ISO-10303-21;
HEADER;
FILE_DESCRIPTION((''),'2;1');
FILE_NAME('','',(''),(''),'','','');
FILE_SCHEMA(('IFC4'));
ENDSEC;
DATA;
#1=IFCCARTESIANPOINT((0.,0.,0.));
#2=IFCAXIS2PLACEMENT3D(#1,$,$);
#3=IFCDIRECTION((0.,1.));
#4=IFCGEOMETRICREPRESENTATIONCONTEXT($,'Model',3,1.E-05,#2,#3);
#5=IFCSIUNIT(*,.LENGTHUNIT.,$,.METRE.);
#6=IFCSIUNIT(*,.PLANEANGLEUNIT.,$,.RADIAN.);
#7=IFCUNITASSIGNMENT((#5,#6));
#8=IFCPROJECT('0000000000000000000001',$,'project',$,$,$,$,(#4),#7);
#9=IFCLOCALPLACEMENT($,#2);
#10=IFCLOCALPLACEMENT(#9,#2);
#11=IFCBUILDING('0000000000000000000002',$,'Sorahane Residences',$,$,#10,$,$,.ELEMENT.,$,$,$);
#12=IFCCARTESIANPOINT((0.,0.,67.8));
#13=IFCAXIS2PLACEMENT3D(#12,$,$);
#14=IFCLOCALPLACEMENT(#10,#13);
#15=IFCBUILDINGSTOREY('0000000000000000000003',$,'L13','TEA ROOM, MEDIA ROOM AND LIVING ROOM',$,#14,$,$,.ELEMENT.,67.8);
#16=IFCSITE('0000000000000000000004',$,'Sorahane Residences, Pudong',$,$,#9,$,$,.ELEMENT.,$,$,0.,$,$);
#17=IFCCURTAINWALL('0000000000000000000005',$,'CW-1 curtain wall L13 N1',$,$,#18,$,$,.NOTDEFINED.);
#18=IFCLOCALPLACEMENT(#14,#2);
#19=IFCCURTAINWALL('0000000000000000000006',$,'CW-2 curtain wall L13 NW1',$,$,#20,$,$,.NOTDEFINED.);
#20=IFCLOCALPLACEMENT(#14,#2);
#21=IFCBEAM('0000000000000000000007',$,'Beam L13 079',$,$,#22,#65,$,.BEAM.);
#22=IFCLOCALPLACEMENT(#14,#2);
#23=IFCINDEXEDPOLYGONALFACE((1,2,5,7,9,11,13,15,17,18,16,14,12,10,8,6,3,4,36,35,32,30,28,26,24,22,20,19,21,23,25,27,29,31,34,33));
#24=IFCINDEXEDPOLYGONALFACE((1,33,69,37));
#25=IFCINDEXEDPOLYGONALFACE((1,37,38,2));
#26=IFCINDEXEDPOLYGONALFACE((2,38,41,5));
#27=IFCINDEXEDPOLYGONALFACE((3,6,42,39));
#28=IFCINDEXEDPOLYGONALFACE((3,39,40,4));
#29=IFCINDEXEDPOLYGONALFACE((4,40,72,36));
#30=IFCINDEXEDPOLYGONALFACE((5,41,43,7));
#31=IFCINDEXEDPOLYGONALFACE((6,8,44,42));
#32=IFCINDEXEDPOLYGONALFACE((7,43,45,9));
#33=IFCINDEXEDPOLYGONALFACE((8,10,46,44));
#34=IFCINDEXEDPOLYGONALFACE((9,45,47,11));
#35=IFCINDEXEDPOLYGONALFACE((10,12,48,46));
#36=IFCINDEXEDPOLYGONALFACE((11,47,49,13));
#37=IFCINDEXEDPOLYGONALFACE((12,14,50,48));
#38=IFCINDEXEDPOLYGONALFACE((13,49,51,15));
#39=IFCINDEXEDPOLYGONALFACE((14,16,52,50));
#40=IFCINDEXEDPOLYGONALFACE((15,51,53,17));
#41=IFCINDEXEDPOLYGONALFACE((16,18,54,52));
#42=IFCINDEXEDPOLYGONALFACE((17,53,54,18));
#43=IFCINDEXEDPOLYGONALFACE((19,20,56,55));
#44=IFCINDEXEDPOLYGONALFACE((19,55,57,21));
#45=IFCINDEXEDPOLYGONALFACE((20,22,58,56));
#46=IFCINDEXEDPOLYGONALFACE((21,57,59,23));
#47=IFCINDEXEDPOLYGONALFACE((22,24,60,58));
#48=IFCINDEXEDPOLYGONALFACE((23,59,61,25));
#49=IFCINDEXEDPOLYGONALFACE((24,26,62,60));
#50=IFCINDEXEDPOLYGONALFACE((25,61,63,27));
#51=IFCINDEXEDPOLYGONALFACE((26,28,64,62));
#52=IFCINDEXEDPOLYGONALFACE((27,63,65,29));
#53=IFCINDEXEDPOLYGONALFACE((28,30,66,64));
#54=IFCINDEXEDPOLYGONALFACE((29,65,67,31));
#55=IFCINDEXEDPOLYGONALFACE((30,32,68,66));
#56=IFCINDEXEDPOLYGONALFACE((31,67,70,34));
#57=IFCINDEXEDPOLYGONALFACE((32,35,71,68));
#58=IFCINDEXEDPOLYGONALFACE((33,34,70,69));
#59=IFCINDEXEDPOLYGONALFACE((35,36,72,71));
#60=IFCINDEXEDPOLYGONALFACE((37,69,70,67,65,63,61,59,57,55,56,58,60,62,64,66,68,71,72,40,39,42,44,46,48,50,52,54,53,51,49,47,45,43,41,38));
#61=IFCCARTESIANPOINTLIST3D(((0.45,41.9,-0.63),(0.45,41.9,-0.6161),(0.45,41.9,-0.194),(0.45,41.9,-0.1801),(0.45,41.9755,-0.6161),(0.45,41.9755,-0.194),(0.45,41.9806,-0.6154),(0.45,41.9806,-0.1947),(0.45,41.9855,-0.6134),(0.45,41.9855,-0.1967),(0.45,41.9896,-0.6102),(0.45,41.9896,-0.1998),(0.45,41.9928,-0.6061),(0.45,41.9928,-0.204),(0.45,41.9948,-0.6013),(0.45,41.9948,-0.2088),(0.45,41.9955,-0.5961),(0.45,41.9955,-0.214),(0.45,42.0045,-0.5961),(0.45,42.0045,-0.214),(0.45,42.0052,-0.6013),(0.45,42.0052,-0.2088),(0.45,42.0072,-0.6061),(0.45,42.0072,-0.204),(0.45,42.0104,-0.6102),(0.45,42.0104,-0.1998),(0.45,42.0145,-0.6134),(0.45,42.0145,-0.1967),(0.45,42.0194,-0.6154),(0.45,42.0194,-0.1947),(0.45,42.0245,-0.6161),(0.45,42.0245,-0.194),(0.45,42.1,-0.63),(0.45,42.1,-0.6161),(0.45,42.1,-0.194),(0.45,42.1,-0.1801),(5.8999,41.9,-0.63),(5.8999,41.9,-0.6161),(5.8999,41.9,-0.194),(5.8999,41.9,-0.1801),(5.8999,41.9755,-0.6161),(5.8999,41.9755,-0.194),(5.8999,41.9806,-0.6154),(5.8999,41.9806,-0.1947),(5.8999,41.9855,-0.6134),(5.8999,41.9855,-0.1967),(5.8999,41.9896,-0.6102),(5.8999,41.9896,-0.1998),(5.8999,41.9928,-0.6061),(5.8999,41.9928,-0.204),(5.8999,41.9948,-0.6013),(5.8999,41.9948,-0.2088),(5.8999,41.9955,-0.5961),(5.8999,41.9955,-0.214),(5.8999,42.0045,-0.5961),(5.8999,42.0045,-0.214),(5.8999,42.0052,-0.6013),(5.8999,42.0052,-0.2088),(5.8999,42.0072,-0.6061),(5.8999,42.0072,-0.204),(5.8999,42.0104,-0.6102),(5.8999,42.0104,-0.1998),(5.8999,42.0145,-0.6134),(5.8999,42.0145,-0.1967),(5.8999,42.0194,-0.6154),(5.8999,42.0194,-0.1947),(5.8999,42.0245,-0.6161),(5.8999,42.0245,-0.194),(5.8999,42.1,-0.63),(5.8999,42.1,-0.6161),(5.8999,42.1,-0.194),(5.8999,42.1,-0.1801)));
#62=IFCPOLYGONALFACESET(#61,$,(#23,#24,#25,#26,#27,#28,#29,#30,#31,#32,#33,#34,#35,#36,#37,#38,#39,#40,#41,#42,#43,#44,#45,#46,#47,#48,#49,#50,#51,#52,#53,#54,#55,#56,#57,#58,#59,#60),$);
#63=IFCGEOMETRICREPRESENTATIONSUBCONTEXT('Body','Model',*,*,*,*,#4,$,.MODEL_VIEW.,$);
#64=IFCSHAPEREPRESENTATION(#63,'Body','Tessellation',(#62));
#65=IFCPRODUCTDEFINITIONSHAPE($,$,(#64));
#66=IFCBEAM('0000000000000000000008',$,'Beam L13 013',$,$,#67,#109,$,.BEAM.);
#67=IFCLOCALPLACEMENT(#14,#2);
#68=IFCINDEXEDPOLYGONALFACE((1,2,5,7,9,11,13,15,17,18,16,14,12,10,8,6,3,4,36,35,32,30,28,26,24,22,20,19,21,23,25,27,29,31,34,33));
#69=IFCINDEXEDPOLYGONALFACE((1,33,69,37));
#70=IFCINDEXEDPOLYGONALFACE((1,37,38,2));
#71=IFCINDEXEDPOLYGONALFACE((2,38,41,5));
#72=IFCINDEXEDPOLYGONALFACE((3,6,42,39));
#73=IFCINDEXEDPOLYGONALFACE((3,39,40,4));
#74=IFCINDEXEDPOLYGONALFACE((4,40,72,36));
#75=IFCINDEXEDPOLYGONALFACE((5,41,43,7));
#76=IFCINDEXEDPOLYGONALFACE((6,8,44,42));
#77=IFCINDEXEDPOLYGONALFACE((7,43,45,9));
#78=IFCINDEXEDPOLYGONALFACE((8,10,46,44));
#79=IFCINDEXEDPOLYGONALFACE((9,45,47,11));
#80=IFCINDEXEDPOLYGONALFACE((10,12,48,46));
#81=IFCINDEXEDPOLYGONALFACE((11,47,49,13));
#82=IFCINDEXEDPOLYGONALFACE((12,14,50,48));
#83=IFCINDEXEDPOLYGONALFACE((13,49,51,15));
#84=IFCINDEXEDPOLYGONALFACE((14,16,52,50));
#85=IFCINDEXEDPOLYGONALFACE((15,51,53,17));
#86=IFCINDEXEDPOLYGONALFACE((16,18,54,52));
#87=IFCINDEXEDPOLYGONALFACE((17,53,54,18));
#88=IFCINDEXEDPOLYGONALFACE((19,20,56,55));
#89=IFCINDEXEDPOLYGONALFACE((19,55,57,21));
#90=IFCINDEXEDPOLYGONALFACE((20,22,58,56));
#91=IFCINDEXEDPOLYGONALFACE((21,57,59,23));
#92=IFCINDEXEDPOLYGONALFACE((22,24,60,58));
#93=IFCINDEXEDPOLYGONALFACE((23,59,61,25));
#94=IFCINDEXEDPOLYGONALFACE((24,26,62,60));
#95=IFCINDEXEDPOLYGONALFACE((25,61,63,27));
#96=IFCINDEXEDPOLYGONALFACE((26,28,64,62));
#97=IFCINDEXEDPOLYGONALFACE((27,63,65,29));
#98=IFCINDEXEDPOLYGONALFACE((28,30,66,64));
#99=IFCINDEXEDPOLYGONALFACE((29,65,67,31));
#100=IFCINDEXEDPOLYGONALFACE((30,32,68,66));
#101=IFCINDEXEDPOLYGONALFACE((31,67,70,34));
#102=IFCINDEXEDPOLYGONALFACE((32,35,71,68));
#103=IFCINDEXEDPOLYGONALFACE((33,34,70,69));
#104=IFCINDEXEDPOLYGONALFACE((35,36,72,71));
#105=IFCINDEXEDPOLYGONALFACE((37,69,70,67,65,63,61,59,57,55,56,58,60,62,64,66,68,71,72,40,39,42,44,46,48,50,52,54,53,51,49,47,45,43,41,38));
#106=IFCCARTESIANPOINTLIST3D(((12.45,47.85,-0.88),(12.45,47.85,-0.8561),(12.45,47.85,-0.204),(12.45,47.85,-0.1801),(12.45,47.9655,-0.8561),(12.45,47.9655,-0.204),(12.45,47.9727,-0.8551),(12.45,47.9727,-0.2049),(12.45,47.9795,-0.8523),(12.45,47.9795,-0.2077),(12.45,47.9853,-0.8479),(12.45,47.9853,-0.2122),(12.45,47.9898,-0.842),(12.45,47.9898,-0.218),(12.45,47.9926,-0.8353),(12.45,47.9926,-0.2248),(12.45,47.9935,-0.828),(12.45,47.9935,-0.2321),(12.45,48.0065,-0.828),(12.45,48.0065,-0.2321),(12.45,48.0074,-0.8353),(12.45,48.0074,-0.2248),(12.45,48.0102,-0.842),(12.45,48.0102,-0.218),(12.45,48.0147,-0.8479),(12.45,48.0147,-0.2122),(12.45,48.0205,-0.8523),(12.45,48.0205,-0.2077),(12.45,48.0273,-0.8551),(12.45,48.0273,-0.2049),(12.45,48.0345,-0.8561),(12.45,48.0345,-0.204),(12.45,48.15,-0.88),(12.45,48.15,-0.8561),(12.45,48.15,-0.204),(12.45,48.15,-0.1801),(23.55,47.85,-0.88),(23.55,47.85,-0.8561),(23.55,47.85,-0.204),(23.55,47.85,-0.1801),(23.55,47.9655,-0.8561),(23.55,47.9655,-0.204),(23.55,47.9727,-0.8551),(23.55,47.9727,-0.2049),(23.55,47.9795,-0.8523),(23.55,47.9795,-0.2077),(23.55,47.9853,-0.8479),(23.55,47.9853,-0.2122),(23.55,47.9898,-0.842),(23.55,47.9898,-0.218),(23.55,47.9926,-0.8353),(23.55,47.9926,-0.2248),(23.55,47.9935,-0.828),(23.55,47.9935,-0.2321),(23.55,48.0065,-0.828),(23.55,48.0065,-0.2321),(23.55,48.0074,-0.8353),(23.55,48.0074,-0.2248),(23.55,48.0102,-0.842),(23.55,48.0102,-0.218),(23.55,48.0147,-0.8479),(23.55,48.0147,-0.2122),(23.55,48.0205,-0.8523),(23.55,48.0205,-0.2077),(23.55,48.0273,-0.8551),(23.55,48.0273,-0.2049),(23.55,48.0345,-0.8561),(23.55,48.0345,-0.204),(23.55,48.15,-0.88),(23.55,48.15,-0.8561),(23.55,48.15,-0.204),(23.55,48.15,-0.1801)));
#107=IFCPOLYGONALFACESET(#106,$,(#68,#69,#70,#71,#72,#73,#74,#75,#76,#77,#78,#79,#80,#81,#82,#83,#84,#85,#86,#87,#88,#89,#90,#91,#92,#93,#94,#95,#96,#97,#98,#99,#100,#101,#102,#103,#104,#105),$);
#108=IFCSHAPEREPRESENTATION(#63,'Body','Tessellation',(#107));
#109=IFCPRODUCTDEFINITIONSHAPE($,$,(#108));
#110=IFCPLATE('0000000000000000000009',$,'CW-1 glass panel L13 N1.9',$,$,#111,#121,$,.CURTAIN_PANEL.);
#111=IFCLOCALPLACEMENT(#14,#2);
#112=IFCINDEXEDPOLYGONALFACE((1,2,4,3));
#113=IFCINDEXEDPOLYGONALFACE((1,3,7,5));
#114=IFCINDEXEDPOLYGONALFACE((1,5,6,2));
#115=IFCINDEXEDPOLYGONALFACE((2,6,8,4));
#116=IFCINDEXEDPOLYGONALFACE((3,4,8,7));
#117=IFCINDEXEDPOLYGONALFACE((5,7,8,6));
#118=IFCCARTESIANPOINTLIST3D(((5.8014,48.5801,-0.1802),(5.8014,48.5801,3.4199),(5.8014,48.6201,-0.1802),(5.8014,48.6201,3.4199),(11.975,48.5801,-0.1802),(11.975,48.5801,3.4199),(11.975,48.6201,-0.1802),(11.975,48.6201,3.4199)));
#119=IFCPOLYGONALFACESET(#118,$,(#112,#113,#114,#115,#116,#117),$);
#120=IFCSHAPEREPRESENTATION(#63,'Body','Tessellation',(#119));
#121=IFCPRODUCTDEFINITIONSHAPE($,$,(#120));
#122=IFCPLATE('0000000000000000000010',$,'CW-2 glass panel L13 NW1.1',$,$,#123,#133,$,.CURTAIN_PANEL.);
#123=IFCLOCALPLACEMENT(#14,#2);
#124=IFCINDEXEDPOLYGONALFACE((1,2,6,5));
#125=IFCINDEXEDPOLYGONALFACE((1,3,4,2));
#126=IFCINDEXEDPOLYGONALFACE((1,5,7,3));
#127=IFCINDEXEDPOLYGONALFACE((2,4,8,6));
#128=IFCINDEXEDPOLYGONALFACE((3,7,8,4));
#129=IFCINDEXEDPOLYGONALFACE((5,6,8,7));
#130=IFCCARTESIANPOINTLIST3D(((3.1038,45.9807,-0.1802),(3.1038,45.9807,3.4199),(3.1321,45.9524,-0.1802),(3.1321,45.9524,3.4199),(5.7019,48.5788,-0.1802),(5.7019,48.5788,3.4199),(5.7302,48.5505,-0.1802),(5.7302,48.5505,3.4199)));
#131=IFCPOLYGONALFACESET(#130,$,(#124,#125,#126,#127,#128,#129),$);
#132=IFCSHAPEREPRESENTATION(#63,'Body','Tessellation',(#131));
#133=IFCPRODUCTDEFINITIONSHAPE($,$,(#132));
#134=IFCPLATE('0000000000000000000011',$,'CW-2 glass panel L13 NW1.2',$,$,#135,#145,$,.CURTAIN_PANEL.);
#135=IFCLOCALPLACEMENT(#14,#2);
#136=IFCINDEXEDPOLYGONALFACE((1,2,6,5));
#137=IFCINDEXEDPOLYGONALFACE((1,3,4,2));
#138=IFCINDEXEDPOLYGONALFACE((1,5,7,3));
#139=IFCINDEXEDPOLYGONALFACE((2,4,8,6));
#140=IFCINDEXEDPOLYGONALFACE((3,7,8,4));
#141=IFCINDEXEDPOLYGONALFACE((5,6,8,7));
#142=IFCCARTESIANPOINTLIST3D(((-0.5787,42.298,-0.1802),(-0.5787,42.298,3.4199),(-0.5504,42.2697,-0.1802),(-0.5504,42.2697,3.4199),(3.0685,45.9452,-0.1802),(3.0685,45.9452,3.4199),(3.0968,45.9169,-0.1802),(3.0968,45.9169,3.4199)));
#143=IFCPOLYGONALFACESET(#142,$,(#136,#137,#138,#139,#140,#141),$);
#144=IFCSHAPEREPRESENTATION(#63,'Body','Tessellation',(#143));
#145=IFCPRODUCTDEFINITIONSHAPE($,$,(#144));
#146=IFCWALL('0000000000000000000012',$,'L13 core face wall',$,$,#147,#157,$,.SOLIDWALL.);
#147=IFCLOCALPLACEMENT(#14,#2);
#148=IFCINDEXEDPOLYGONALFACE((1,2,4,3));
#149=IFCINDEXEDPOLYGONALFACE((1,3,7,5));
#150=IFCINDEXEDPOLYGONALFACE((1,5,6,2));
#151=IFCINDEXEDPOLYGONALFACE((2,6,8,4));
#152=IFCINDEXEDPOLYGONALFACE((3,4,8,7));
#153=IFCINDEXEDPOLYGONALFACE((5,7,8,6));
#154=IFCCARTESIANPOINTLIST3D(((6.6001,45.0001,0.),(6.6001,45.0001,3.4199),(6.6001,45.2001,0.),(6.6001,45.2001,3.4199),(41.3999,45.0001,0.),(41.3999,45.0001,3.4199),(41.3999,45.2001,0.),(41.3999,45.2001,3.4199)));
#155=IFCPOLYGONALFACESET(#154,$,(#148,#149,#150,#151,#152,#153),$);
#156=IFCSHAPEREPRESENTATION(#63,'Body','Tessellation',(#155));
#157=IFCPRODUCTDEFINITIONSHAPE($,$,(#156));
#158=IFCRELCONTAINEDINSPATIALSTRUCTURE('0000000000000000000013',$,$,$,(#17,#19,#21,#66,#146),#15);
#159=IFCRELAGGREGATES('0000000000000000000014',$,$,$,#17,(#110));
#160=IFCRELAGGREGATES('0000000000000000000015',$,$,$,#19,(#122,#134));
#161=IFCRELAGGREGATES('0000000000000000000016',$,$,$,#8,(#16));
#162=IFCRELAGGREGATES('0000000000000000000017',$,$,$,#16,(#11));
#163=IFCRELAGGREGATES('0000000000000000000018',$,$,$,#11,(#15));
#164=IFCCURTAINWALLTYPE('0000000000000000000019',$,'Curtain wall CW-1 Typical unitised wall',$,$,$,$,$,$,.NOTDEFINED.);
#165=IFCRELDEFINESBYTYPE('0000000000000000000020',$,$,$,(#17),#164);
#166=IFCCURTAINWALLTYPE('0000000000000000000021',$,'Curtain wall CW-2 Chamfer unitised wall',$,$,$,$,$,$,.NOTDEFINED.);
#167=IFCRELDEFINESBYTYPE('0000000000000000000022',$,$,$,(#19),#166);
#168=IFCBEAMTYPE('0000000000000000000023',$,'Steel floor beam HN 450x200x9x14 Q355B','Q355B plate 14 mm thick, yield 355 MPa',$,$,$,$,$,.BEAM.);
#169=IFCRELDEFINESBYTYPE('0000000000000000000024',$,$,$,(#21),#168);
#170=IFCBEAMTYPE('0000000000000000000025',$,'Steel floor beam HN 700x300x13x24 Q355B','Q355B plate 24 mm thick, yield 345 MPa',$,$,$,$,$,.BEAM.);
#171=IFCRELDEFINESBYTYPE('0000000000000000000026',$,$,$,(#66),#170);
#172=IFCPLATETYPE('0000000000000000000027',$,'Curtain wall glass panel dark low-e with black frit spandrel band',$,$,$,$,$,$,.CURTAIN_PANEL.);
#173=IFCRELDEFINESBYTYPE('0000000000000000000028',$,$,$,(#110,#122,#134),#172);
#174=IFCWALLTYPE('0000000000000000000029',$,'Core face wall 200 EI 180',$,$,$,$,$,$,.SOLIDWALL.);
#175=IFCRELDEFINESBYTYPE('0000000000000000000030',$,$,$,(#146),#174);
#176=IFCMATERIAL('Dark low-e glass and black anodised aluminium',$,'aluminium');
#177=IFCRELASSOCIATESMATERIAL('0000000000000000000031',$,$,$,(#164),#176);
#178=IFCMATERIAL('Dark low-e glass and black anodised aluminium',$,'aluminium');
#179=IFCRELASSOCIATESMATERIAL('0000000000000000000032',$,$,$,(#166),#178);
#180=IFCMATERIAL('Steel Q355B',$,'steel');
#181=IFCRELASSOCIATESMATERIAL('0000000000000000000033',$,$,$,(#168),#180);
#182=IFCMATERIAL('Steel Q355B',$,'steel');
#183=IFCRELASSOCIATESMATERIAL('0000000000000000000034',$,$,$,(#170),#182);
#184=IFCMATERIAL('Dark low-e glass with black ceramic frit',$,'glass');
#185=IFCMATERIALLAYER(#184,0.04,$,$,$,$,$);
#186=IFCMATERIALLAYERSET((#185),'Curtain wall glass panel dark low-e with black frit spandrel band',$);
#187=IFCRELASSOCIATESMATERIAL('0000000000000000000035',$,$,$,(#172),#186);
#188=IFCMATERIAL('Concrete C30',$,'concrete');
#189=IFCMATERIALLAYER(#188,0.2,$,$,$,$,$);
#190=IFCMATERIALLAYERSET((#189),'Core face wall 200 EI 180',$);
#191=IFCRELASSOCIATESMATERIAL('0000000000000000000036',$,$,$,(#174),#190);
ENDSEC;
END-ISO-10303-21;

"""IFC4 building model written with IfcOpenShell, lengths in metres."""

from ifc_helpers import new_model, si_unit, direction, frame, frame_2d, origin, origin_2d, place, context, subcontext, project, spatial, rectangle, i_section, extrude, material, layer, layer_set, material_profile, profile_set, type_object, element, aggregate, save


model = new_model("IFC4")

# Units and contexts
model_context = context("Model", 3, precision=1e-05, world=origin(), true_north=direction((0.0, 1.0)))
body_context = subcontext(model_context, "Body", "Model", "MODEL_VIEW")
ifc_project = project(units=[si_unit("LENGTHUNIT", "METRE"), si_unit("PLANEANGLEUNIT", "RADIAN")], contexts=[model_context])

# Site, building, storey
site_placement = place(None, origin())
site = spatial("IfcSite", under=ifc_project, at=site_placement, Name="Sorahane Residences, Pudong", CompositionType="ELEMENT", RefElevation=0.0)
building_placement = place(site_placement, origin())
building = spatial("IfcBuilding", under=site, at=building_placement, Name="Sorahane Residences", CompositionType="ELEMENT")
storey_placement = place(building_placement, frame((0.0, 0.0, 67.8)))
storey = spatial("IfcBuildingStorey", under=building, at=storey_placement, Name="L13", Description="TEA ROOM, MEDIA ROOM AND LIVING ROOM", CompositionType="ELEMENT", Elevation=67.8)

# Curtain walls
ifc_material_1 = material(Name="Dark low-e glass and black anodised aluminium", Category="aluminium")
curtain_wall_type_1 = type_object("IfcCurtainWallType", Name="Curtain wall CW-1 Typical unitised wall", PredefinedType="NOTDEFINED", material=ifc_material_1)
curtain_wall_1_placement = place(storey_placement, origin())
curtain_wall_1 = element("IfcCurtainWall", 1, at=curtain_wall_1_placement, inside=storey, type_object=curtain_wall_type_1, Name="CW-1 curtain wall L13 N1", PredefinedType="NOTDEFINED")
ifc_material_2 = material(Name="Dark low-e glass and black anodised aluminium", Category="aluminium")
curtain_wall_type_2 = type_object("IfcCurtainWallType", Name="Curtain wall CW-2 Chamfer unitised wall", PredefinedType="NOTDEFINED", material=ifc_material_2)
curtain_wall_2_placement = place(storey_placement, origin())
curtain_wall_2 = element("IfcCurtainWall", 2, at=curtain_wall_2_placement, inside=storey, type_object=curtain_wall_type_2, Name="CW-2 curtain wall L13 NW1", PredefinedType="NOTDEFINED")

# Beams
ifc_material_3 = material(Name="Steel Q355B", Category="steel")
ifc_material_profile_1 = material_profile(ifc_material_3, i_section(OverallWidth=0.2, OverallDepth=0.45, WebThickness=0.009, FlangeThickness=0.0139, FilletRadius=0.02, at=origin_2d()), Name="HN 450x200x9x14")
ifc_profile_set_1 = profile_set([ifc_material_profile_1], Name="Steel Q355B")
beam_type_1 = type_object("IfcBeamType", Name="Steel floor beam HN 450x200x9x14 Q355B", Description="Q355B plate 14 mm thick, yield 355 MPa", PredefinedType="BEAM", material=ifc_profile_set_1)
beam_1_placement = place(storey_placement, frame((0.45, 42.0, -0.405), z_axis=(1.0, 0.0, 0.0), x_axis=(0.0, 1.0, 0.0)))
element("IfcBeam", 3, at=beam_1_placement, inside=storey, type_object=beam_type_1, Name="Beam L13 079", PredefinedType="BEAM", context=body_context, shape_type="SweptSolid", body=[
    extrude(i_section(OverallWidth=0.2, OverallDepth=0.45, WebThickness=0.009, FlangeThickness=0.0139, FilletRadius=0.02, at=origin_2d()), origin(), (0.0, 0.0, 1.0), 5.45),
])
ifc_material_4 = material(Name="Steel Q355B", Category="steel")
ifc_material_profile_2 = material_profile(ifc_material_4, i_section(OverallWidth=0.3, OverallDepth=0.7, WebThickness=0.0129, FlangeThickness=0.0239, FilletRadius=0.0281, at=origin_2d()), Name="HN 700x300x13x24")
ifc_profile_set_2 = profile_set([ifc_material_profile_2], Name="Steel Q355B")
beam_type_2 = type_object("IfcBeamType", Name="Steel floor beam HN 700x300x13x24 Q355B", Description="Q355B plate 24 mm thick, yield 345 MPa", PredefinedType="BEAM", material=ifc_profile_set_2)
beam_2_placement = place(storey_placement, frame((12.45, 48.0, -0.53), z_axis=(1.0, 0.0, 0.0), x_axis=(0.0, 1.0, 0.0)))
element("IfcBeam", 4, at=beam_2_placement, inside=storey, type_object=beam_type_2, Name="Beam L13 013", PredefinedType="BEAM", context=body_context, shape_type="SweptSolid", body=[
    extrude(i_section(OverallWidth=0.3, OverallDepth=0.7, WebThickness=0.0129, FlangeThickness=0.0239, FilletRadius=0.0281, at=origin_2d()), origin(), (0.0, 0.0, 1.0), 11.1001),
])

# Plates
ifc_material_5 = material(Name="Dark low-e glass with black ceramic frit", Category="glass")
ifc_layer_1 = layer(ifc_material_5, 0.04)
ifc_layer_set_1 = layer_set([ifc_layer_1], Name="Curtain wall glass panel dark low-e with black frit spandrel band")
plate_type = type_object("IfcPlateType", Name="Curtain wall glass panel dark low-e with black frit spandrel band", PredefinedType="CURTAIN_PANEL", material=ifc_layer_set_1)
plate_1_placement = place(storey_placement, frame((8.8882, 48.6001, -0.1802), z_axis=(0.0, 0.0, 1.0), x_axis=(-1.0, 0.0, 0.0)))
plate_1 = element("IfcPlate", 5, at=plate_1_placement, type_object=plate_type, Name="CW-1 glass panel L13 N1.9", PredefinedType="CURTAIN_PANEL", context=body_context, shape_type="SweptSolid", body=[
    extrude(rectangle(XDim=6.1736, YDim=0.04, at=origin_2d()), origin(), (0.0, 0.0, 1.0), 3.6001),
])
aggregate(curtain_wall_1, [plate_1])
plate_2_placement = place(storey_placement, frame((4.417, 47.2656, -0.1802), z_axis=(0.0, 0.0, 1.0), x_axis=(-0.707107, -0.707107, 0.0)))
plate_2 = element("IfcPlate", 6, at=plate_2_placement, type_object=plate_type, Name="CW-2 glass panel L13 NW1.1", PredefinedType="CURTAIN_PANEL", context=body_context, shape_type="SweptSolid", body=[
    extrude(rectangle(XDim=3.6743, YDim=0.04, at=origin_2d()), origin(), (0.0, 0.0, 1.0), 3.6001),
])
plate_3_placement = place(storey_placement, frame((1.259, 44.1074, -0.1802), z_axis=(0.0, 0.0, 1.0), x_axis=(-0.707107, -0.707107, 0.0)))
plate_3 = element("IfcPlate", 7, at=plate_3_placement, type_object=plate_type, Name="CW-2 glass panel L13 NW1.2", PredefinedType="CURTAIN_PANEL", context=body_context, shape_type="SweptSolid", body=[
    extrude(rectangle(XDim=5.158, YDim=0.04, at=origin_2d()), origin(), (0.0, 0.0, 1.0), 3.6001),
])
aggregate(curtain_wall_2, [plate_2, plate_3])

# Wall
ifc_material_6 = material(Name="Concrete C30", Category="concrete")
ifc_layer_2 = layer(ifc_material_6, 0.2)
ifc_layer_set_2 = layer_set([ifc_layer_2], Name="Core face wall 200 EI 180")
wall_type = type_object("IfcWallType", Name="Core face wall 200 EI 180", PredefinedType="SOLIDWALL", material=ifc_layer_set_2)
wall_placement = place(storey_placement, frame((6.6001, 45.1001, 0.0), z_axis=(0.0, 0.0, 1.0), x_axis=(1.0, 0.0, 0.0)))
element("IfcWall", 8, at=wall_placement, inside=storey, type_object=wall_type, Name="L13 core face wall", PredefinedType="SOLIDWALL", context=body_context, shape_type="SweptSolid", body=[
    extrude(rectangle(XDim=34.7998, YDim=0.2, at=frame_2d((17.3999, 0.0))), origin(), (0.0, 0.0, 1.0), 3.4199),
])

save(model, "model.ifc")
